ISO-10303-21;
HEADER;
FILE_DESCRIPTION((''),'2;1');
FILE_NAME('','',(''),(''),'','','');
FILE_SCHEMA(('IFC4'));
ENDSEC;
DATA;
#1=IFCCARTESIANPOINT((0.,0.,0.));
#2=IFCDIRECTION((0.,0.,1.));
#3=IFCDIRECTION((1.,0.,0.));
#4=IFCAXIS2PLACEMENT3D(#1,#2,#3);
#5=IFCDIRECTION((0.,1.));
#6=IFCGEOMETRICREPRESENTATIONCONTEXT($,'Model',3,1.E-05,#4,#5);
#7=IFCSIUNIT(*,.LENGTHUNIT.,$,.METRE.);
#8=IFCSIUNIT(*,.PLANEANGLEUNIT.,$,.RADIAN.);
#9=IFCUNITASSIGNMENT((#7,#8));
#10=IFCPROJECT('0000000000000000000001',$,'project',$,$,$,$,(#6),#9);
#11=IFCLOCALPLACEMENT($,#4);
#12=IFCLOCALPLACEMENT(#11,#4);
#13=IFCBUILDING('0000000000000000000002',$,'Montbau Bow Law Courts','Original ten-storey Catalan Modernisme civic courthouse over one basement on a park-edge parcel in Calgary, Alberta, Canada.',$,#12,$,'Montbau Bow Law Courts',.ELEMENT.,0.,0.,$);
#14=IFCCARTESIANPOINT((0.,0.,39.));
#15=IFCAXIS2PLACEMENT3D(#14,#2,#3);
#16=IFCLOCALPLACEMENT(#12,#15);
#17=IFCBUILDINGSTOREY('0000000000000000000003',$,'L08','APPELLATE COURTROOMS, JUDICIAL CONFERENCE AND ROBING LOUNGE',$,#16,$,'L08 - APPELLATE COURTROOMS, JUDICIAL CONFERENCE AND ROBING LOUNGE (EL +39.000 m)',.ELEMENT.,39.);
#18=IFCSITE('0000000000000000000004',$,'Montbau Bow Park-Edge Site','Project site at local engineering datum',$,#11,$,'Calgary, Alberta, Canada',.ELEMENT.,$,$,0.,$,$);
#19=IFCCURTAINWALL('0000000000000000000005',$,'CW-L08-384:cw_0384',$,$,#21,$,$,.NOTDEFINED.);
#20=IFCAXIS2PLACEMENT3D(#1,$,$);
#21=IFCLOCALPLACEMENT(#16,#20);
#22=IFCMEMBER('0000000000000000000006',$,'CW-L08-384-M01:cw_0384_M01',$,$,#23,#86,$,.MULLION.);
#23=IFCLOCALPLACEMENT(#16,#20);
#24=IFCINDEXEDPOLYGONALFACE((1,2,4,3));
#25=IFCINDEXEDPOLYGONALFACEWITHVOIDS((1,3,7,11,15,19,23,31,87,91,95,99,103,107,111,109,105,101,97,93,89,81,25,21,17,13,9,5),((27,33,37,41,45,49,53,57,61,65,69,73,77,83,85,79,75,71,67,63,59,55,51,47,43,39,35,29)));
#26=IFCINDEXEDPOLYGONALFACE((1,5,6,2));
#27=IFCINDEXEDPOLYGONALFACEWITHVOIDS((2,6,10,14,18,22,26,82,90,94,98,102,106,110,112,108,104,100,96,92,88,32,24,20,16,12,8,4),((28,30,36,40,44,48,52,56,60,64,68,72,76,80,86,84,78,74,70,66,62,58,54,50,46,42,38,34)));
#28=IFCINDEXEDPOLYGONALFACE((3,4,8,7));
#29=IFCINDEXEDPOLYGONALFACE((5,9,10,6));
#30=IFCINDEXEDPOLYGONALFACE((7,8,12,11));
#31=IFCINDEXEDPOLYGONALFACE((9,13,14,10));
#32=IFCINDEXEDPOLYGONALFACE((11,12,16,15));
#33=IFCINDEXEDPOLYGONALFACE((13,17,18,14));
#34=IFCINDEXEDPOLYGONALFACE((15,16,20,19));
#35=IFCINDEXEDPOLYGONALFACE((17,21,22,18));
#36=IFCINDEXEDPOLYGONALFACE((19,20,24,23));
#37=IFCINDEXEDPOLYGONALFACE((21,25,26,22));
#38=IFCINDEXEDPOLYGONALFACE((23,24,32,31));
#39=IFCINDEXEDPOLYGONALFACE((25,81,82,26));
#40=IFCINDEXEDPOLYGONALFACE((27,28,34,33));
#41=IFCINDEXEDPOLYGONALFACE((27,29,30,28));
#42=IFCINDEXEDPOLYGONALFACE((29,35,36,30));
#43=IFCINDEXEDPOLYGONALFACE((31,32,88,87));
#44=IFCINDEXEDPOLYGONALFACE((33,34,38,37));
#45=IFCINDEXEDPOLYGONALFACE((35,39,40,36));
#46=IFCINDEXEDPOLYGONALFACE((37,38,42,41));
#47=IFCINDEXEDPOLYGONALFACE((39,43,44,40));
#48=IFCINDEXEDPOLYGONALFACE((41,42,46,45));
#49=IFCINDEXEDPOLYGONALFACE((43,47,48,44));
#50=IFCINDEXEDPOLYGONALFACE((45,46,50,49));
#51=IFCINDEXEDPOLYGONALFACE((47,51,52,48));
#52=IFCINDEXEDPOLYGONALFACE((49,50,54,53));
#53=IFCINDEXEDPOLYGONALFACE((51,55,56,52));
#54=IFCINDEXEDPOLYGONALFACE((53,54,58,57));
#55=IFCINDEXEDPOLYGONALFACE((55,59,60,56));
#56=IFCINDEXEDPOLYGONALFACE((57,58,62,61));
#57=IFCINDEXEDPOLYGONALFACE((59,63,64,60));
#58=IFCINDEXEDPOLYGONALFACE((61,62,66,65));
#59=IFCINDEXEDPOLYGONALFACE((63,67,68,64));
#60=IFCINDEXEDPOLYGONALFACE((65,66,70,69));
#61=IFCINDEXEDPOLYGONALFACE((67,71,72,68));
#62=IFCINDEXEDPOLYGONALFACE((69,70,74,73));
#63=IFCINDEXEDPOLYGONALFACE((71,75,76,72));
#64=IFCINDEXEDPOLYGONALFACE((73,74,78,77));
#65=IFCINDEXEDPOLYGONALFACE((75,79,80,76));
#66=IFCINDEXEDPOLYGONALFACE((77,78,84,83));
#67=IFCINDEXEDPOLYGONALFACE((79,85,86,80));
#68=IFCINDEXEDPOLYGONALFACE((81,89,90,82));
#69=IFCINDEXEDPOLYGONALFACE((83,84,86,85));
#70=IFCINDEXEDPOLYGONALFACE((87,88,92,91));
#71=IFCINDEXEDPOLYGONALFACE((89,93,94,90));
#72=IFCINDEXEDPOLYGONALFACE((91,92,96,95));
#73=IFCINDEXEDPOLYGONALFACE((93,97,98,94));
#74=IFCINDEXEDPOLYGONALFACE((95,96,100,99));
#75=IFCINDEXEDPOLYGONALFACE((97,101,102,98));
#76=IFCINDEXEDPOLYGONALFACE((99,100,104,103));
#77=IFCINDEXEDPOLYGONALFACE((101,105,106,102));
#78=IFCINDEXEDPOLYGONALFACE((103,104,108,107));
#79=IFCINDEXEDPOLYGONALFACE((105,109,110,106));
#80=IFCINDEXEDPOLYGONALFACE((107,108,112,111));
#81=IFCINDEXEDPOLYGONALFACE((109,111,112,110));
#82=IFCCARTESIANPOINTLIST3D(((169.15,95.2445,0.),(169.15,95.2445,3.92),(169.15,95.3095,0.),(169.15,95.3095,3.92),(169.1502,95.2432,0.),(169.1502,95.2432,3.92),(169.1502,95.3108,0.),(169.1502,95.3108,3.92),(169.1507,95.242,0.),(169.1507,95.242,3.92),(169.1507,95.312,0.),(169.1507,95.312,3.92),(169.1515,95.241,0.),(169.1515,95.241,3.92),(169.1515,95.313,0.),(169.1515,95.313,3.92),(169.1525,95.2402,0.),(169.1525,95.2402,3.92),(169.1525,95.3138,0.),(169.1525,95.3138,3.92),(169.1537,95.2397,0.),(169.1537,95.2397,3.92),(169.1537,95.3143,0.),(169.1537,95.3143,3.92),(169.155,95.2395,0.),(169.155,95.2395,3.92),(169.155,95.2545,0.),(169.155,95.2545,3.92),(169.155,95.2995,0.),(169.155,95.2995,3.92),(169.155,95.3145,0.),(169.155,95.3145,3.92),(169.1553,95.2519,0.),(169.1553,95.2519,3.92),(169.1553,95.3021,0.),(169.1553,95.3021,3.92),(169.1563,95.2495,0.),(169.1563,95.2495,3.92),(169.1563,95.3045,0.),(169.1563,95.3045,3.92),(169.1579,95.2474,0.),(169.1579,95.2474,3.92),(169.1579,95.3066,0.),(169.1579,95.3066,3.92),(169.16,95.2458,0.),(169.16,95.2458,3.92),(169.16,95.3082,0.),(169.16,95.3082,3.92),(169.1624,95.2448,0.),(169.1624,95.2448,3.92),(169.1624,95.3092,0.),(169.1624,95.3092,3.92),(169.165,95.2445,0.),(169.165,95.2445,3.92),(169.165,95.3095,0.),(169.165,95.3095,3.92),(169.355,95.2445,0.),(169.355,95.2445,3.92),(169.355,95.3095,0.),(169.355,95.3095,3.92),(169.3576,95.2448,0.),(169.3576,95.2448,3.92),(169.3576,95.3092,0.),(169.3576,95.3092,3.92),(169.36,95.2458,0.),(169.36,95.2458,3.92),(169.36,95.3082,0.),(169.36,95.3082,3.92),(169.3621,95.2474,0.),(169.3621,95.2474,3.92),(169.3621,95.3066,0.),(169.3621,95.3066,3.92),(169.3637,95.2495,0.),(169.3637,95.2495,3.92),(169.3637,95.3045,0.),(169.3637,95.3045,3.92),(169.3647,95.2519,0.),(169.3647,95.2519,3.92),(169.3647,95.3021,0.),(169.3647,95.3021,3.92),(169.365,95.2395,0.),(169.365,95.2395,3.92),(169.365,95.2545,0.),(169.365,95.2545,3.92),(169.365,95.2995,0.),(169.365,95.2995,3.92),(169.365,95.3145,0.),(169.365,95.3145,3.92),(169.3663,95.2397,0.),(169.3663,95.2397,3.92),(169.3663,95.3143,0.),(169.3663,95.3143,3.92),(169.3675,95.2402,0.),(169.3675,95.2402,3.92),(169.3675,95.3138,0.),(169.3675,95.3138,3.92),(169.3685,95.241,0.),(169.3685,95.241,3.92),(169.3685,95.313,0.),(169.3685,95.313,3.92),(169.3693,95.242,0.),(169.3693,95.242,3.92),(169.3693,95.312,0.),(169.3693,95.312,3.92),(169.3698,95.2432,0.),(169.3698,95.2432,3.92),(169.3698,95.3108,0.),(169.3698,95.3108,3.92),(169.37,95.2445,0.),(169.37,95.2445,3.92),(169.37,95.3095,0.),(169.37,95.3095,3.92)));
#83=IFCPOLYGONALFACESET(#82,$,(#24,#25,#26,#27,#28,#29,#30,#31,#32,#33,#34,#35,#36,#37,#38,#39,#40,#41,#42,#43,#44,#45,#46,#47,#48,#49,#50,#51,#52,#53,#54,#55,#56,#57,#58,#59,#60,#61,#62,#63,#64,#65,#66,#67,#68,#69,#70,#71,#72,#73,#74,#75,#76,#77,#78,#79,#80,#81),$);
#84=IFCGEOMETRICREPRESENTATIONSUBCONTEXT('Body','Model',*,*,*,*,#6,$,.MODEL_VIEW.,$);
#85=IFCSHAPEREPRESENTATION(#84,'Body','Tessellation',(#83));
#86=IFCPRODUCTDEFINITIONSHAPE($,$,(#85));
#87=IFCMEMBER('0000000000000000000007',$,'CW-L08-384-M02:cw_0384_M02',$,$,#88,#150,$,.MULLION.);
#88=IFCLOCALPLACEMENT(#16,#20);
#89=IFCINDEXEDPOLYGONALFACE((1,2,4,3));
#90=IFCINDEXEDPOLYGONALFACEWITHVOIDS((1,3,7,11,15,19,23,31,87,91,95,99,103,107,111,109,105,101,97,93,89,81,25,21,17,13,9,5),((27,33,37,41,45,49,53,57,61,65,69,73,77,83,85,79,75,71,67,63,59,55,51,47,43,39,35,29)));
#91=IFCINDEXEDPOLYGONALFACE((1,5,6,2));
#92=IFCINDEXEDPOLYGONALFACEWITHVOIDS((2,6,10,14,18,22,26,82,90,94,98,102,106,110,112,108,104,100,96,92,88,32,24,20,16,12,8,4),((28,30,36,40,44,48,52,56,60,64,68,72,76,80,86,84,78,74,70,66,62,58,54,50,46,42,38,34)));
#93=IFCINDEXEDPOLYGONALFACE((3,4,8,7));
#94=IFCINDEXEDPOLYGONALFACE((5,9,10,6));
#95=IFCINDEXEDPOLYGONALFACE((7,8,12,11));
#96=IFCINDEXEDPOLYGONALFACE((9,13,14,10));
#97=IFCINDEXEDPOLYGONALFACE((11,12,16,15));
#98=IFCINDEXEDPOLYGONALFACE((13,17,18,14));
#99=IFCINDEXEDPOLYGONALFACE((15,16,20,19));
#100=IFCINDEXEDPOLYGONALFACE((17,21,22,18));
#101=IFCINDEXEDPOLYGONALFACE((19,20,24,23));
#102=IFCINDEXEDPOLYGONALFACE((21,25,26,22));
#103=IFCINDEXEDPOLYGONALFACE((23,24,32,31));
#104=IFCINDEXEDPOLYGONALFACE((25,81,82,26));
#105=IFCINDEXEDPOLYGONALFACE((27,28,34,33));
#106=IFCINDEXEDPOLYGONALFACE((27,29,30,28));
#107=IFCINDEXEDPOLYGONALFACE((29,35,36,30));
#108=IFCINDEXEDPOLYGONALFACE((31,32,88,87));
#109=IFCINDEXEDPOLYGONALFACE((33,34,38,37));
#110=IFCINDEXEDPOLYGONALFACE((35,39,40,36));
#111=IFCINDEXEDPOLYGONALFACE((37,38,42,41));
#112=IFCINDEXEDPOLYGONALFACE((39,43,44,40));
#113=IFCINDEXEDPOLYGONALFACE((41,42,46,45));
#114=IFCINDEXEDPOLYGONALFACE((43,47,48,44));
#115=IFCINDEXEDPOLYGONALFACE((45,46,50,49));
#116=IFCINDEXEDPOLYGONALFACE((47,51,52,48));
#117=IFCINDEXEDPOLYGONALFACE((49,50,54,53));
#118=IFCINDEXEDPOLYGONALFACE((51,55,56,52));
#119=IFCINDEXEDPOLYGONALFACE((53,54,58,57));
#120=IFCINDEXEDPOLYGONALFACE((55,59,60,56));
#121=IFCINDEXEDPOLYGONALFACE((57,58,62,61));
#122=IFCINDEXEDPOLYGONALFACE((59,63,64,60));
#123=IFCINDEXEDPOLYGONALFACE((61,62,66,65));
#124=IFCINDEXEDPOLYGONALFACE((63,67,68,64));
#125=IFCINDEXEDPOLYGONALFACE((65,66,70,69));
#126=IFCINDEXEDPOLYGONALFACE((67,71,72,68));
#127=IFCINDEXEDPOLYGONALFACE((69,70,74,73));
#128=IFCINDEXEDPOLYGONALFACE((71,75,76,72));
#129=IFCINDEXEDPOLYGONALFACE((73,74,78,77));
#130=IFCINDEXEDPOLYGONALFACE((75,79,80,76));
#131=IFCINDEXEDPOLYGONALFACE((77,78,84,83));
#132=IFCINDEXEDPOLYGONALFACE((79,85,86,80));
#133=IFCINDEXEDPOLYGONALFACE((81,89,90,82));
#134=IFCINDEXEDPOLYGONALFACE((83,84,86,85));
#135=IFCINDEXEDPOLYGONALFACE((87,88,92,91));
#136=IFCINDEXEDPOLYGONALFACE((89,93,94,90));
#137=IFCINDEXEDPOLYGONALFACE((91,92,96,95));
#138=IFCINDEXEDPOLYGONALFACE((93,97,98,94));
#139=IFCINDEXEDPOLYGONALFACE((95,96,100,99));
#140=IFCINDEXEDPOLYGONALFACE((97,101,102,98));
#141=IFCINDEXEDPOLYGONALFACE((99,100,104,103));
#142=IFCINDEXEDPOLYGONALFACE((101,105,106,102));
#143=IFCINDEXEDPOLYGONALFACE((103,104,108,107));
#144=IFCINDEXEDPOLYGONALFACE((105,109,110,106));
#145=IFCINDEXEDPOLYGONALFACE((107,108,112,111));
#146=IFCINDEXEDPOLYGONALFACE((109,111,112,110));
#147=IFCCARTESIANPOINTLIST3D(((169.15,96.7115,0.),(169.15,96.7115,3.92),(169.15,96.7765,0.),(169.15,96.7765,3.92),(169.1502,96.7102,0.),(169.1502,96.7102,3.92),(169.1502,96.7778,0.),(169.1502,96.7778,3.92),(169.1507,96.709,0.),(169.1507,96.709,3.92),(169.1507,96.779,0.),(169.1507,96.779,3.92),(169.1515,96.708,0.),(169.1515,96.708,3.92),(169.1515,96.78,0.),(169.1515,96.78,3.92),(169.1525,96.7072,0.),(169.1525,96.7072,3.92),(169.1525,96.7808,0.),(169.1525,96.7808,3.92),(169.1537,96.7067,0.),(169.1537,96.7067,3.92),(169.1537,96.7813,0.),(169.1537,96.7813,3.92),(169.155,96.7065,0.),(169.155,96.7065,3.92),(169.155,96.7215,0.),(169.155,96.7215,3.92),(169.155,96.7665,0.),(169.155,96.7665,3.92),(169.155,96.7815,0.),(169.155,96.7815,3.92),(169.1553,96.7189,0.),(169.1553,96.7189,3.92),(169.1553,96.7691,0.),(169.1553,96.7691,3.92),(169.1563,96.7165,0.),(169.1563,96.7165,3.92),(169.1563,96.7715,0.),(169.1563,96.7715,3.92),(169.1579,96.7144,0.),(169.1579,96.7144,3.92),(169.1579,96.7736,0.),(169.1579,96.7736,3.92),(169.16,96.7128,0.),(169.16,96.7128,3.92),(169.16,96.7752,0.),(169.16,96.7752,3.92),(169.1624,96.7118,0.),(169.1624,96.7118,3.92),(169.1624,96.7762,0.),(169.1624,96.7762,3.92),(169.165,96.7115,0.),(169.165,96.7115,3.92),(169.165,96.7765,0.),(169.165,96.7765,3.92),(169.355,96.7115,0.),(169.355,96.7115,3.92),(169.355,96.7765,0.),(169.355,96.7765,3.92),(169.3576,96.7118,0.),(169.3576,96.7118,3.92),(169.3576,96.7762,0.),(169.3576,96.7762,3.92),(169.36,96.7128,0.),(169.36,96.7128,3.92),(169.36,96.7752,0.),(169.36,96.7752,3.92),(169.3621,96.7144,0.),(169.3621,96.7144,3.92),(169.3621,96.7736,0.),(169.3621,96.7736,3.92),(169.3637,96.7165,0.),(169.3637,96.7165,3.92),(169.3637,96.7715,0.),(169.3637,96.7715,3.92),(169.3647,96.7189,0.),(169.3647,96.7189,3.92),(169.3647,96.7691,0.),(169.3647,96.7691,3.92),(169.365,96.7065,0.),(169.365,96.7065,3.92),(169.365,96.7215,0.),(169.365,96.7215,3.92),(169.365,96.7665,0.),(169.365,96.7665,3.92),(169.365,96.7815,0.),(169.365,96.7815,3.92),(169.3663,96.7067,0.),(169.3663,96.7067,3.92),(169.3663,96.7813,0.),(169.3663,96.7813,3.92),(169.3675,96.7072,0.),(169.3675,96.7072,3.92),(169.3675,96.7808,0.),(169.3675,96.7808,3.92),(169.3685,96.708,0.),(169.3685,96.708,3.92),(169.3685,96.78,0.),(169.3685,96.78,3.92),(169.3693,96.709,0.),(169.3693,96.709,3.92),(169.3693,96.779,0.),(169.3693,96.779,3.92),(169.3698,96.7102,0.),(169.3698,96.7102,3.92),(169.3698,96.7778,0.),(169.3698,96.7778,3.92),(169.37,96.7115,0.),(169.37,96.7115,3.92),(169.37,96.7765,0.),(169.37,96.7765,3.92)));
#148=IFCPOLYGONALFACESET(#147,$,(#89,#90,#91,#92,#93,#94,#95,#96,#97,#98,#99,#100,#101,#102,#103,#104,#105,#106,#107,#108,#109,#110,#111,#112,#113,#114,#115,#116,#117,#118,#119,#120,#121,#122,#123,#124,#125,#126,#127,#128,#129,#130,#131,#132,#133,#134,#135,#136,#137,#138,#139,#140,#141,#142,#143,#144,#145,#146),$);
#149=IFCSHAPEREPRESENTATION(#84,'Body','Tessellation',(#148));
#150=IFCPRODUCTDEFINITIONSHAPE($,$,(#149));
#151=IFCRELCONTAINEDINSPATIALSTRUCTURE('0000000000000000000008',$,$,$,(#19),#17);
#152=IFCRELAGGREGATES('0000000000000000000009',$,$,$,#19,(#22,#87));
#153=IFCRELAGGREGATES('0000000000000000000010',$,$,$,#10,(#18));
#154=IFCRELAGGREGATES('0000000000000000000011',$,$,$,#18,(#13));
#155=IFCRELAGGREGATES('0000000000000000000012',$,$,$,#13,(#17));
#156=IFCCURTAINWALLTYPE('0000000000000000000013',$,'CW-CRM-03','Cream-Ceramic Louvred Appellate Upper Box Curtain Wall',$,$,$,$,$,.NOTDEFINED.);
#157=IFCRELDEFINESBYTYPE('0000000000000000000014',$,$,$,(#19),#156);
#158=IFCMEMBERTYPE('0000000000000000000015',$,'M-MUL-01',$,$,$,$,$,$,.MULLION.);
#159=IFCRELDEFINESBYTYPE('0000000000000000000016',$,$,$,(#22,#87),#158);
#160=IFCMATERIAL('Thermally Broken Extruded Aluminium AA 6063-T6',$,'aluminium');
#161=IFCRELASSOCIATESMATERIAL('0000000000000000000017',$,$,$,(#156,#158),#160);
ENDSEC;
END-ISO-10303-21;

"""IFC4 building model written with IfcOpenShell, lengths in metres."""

from ifc_helpers import new_model, si_unit, direction, frame, origin_with_axes, origin_2d_with_axis, place, context, subcontext, project, spatial, hollow_rectangle, extrude, material, material_profile, profile_set, type_object, element, aggregate, save


model = new_model("IFC4")

# Units and contexts
model_context = context("Model", 3, precision=1e-05, world=origin_with_axes(), true_north=direction((0.0, 1.0)))
body_context = subcontext(model_context, "Body", "Model", "MODEL_VIEW")
ifc_project = project(units=[si_unit("LENGTHUNIT", "METRE"), si_unit("PLANEANGLEUNIT", "RADIAN")], contexts=[model_context])

# Site, building, storey
site_placement = place(None, origin_with_axes())
site = spatial("IfcSite", under=ifc_project, at=site_placement, Name="Montbau Bow Park-Edge Site", Description="Project site at local engineering datum", LongName="Calgary, Alberta, Canada", CompositionType="ELEMENT", RefElevation=0.0)
building_placement = place(site_placement, origin_with_axes())
building = spatial("IfcBuilding", under=site, at=building_placement, Name="Montbau Bow Law Courts", Description="Original ten-storey Catalan Modernisme civic courthouse over one basement on a park-edge parcel in Calgary, Alberta, Canada.", LongName="Montbau Bow Law Courts", CompositionType="ELEMENT", ElevationOfRefHeight=0.0, ElevationOfTerrain=0.0)
storey_placement = place(building_placement, frame((0.0, 0.0, 39.0), z_axis=(0.0, 0.0, 1.0), x_axis=(1.0, 0.0, 0.0)))
storey = spatial("IfcBuildingStorey", under=building, at=storey_placement, Name="L08", Description="APPELLATE COURTROOMS, JUDICIAL CONFERENCE AND ROBING LOUNGE", LongName="L08 - APPELLATE COURTROOMS, JUDICIAL CONFERENCE AND ROBING LOUNGE (EL +39.000 m)", CompositionType="ELEMENT", Elevation=39.0)

# Curtain wall, members
ifc_material_1 = material(Name="Thermally Broken Extruded Aluminium AA 6063-T6", Category="aluminium")
curtain_wall_type = type_object("IfcCurtainWallType", Name="CW-CRM-03", Description="Cream-Ceramic Louvred Appellate Upper Box Curtain Wall", PredefinedType="NOTDEFINED", material=ifc_material_1)
curtain_wall_placement = place(None, frame((169.26, 95.24, 39.0), z_axis=(0.0, 0.0, 1.0), x_axis=(1.0, 0.0, 0.0)))
curtain_wall = element("IfcCurtainWall", 1, at=curtain_wall_placement, inside=storey, type_object=curtain_wall_type, Name="CW-L08-384:cw_0384", PredefinedType="NOTDEFINED")
ifc_material_profile_1 = material_profile(ifc_material_1, hollow_rectangle(XDim=0.075, YDim=0.22, WallThickness=0.005, InnerFilletRadius=0.01, OuterFilletRadius=0.005, at=origin_2d_with_axis()), Name="CWM-220X75", Category="Main", Priority=0)
ifc_profile_set_1 = profile_set([ifc_material_profile_1], Name="Thermally Broken Extruded Aluminium AA 6063-T6")
member_type_1 = type_object("IfcMemberType", Name="M-MUL-01", PredefinedType="MULLION", material=ifc_profile_set_1)
member_1_placement = place(None, frame((169.26, 95.277, 39.0), z_axis=(0.0, 0.0, 1.0), x_axis=(0.0, 1.0, 0.0)))
member_1 = element("IfcMember", 2, at=member_1_placement, type_object=member_type_1, Name="CW-L08-384-M01:cw_0384_M01", PredefinedType="MULLION", context=body_context, shape_type="SweptSolid", body=[
    extrude(hollow_rectangle(XDim=0.075, YDim=0.22, WallThickness=0.005, InnerFilletRadius=0.01, OuterFilletRadius=0.005, at=origin_2d_with_axis()), origin_with_axes(), (0.0, 0.0, 1.0), 3.92),
])
member_2_placement = place(None, frame((169.26, 96.744, 39.0), z_axis=(0.0, 0.0, 1.0), x_axis=(0.0, 1.0, 0.0)))
member_2 = element("IfcMember", 3, at=member_2_placement, type_object=member_type_1, Name="CW-L08-384-M02:cw_0384_M02", PredefinedType="MULLION", context=body_context, shape_type="SweptSolid", body=[
    extrude(hollow_rectangle(XDim=0.075, YDim=0.22, WallThickness=0.005, InnerFilletRadius=0.01, OuterFilletRadius=0.005, at=origin_2d_with_axis()), origin_with_axes(), (0.0, 0.0, 1.0), 3.92),
])
aggregate(curtain_wall, [member_1, member_2])

save(model, "model.ifc")
